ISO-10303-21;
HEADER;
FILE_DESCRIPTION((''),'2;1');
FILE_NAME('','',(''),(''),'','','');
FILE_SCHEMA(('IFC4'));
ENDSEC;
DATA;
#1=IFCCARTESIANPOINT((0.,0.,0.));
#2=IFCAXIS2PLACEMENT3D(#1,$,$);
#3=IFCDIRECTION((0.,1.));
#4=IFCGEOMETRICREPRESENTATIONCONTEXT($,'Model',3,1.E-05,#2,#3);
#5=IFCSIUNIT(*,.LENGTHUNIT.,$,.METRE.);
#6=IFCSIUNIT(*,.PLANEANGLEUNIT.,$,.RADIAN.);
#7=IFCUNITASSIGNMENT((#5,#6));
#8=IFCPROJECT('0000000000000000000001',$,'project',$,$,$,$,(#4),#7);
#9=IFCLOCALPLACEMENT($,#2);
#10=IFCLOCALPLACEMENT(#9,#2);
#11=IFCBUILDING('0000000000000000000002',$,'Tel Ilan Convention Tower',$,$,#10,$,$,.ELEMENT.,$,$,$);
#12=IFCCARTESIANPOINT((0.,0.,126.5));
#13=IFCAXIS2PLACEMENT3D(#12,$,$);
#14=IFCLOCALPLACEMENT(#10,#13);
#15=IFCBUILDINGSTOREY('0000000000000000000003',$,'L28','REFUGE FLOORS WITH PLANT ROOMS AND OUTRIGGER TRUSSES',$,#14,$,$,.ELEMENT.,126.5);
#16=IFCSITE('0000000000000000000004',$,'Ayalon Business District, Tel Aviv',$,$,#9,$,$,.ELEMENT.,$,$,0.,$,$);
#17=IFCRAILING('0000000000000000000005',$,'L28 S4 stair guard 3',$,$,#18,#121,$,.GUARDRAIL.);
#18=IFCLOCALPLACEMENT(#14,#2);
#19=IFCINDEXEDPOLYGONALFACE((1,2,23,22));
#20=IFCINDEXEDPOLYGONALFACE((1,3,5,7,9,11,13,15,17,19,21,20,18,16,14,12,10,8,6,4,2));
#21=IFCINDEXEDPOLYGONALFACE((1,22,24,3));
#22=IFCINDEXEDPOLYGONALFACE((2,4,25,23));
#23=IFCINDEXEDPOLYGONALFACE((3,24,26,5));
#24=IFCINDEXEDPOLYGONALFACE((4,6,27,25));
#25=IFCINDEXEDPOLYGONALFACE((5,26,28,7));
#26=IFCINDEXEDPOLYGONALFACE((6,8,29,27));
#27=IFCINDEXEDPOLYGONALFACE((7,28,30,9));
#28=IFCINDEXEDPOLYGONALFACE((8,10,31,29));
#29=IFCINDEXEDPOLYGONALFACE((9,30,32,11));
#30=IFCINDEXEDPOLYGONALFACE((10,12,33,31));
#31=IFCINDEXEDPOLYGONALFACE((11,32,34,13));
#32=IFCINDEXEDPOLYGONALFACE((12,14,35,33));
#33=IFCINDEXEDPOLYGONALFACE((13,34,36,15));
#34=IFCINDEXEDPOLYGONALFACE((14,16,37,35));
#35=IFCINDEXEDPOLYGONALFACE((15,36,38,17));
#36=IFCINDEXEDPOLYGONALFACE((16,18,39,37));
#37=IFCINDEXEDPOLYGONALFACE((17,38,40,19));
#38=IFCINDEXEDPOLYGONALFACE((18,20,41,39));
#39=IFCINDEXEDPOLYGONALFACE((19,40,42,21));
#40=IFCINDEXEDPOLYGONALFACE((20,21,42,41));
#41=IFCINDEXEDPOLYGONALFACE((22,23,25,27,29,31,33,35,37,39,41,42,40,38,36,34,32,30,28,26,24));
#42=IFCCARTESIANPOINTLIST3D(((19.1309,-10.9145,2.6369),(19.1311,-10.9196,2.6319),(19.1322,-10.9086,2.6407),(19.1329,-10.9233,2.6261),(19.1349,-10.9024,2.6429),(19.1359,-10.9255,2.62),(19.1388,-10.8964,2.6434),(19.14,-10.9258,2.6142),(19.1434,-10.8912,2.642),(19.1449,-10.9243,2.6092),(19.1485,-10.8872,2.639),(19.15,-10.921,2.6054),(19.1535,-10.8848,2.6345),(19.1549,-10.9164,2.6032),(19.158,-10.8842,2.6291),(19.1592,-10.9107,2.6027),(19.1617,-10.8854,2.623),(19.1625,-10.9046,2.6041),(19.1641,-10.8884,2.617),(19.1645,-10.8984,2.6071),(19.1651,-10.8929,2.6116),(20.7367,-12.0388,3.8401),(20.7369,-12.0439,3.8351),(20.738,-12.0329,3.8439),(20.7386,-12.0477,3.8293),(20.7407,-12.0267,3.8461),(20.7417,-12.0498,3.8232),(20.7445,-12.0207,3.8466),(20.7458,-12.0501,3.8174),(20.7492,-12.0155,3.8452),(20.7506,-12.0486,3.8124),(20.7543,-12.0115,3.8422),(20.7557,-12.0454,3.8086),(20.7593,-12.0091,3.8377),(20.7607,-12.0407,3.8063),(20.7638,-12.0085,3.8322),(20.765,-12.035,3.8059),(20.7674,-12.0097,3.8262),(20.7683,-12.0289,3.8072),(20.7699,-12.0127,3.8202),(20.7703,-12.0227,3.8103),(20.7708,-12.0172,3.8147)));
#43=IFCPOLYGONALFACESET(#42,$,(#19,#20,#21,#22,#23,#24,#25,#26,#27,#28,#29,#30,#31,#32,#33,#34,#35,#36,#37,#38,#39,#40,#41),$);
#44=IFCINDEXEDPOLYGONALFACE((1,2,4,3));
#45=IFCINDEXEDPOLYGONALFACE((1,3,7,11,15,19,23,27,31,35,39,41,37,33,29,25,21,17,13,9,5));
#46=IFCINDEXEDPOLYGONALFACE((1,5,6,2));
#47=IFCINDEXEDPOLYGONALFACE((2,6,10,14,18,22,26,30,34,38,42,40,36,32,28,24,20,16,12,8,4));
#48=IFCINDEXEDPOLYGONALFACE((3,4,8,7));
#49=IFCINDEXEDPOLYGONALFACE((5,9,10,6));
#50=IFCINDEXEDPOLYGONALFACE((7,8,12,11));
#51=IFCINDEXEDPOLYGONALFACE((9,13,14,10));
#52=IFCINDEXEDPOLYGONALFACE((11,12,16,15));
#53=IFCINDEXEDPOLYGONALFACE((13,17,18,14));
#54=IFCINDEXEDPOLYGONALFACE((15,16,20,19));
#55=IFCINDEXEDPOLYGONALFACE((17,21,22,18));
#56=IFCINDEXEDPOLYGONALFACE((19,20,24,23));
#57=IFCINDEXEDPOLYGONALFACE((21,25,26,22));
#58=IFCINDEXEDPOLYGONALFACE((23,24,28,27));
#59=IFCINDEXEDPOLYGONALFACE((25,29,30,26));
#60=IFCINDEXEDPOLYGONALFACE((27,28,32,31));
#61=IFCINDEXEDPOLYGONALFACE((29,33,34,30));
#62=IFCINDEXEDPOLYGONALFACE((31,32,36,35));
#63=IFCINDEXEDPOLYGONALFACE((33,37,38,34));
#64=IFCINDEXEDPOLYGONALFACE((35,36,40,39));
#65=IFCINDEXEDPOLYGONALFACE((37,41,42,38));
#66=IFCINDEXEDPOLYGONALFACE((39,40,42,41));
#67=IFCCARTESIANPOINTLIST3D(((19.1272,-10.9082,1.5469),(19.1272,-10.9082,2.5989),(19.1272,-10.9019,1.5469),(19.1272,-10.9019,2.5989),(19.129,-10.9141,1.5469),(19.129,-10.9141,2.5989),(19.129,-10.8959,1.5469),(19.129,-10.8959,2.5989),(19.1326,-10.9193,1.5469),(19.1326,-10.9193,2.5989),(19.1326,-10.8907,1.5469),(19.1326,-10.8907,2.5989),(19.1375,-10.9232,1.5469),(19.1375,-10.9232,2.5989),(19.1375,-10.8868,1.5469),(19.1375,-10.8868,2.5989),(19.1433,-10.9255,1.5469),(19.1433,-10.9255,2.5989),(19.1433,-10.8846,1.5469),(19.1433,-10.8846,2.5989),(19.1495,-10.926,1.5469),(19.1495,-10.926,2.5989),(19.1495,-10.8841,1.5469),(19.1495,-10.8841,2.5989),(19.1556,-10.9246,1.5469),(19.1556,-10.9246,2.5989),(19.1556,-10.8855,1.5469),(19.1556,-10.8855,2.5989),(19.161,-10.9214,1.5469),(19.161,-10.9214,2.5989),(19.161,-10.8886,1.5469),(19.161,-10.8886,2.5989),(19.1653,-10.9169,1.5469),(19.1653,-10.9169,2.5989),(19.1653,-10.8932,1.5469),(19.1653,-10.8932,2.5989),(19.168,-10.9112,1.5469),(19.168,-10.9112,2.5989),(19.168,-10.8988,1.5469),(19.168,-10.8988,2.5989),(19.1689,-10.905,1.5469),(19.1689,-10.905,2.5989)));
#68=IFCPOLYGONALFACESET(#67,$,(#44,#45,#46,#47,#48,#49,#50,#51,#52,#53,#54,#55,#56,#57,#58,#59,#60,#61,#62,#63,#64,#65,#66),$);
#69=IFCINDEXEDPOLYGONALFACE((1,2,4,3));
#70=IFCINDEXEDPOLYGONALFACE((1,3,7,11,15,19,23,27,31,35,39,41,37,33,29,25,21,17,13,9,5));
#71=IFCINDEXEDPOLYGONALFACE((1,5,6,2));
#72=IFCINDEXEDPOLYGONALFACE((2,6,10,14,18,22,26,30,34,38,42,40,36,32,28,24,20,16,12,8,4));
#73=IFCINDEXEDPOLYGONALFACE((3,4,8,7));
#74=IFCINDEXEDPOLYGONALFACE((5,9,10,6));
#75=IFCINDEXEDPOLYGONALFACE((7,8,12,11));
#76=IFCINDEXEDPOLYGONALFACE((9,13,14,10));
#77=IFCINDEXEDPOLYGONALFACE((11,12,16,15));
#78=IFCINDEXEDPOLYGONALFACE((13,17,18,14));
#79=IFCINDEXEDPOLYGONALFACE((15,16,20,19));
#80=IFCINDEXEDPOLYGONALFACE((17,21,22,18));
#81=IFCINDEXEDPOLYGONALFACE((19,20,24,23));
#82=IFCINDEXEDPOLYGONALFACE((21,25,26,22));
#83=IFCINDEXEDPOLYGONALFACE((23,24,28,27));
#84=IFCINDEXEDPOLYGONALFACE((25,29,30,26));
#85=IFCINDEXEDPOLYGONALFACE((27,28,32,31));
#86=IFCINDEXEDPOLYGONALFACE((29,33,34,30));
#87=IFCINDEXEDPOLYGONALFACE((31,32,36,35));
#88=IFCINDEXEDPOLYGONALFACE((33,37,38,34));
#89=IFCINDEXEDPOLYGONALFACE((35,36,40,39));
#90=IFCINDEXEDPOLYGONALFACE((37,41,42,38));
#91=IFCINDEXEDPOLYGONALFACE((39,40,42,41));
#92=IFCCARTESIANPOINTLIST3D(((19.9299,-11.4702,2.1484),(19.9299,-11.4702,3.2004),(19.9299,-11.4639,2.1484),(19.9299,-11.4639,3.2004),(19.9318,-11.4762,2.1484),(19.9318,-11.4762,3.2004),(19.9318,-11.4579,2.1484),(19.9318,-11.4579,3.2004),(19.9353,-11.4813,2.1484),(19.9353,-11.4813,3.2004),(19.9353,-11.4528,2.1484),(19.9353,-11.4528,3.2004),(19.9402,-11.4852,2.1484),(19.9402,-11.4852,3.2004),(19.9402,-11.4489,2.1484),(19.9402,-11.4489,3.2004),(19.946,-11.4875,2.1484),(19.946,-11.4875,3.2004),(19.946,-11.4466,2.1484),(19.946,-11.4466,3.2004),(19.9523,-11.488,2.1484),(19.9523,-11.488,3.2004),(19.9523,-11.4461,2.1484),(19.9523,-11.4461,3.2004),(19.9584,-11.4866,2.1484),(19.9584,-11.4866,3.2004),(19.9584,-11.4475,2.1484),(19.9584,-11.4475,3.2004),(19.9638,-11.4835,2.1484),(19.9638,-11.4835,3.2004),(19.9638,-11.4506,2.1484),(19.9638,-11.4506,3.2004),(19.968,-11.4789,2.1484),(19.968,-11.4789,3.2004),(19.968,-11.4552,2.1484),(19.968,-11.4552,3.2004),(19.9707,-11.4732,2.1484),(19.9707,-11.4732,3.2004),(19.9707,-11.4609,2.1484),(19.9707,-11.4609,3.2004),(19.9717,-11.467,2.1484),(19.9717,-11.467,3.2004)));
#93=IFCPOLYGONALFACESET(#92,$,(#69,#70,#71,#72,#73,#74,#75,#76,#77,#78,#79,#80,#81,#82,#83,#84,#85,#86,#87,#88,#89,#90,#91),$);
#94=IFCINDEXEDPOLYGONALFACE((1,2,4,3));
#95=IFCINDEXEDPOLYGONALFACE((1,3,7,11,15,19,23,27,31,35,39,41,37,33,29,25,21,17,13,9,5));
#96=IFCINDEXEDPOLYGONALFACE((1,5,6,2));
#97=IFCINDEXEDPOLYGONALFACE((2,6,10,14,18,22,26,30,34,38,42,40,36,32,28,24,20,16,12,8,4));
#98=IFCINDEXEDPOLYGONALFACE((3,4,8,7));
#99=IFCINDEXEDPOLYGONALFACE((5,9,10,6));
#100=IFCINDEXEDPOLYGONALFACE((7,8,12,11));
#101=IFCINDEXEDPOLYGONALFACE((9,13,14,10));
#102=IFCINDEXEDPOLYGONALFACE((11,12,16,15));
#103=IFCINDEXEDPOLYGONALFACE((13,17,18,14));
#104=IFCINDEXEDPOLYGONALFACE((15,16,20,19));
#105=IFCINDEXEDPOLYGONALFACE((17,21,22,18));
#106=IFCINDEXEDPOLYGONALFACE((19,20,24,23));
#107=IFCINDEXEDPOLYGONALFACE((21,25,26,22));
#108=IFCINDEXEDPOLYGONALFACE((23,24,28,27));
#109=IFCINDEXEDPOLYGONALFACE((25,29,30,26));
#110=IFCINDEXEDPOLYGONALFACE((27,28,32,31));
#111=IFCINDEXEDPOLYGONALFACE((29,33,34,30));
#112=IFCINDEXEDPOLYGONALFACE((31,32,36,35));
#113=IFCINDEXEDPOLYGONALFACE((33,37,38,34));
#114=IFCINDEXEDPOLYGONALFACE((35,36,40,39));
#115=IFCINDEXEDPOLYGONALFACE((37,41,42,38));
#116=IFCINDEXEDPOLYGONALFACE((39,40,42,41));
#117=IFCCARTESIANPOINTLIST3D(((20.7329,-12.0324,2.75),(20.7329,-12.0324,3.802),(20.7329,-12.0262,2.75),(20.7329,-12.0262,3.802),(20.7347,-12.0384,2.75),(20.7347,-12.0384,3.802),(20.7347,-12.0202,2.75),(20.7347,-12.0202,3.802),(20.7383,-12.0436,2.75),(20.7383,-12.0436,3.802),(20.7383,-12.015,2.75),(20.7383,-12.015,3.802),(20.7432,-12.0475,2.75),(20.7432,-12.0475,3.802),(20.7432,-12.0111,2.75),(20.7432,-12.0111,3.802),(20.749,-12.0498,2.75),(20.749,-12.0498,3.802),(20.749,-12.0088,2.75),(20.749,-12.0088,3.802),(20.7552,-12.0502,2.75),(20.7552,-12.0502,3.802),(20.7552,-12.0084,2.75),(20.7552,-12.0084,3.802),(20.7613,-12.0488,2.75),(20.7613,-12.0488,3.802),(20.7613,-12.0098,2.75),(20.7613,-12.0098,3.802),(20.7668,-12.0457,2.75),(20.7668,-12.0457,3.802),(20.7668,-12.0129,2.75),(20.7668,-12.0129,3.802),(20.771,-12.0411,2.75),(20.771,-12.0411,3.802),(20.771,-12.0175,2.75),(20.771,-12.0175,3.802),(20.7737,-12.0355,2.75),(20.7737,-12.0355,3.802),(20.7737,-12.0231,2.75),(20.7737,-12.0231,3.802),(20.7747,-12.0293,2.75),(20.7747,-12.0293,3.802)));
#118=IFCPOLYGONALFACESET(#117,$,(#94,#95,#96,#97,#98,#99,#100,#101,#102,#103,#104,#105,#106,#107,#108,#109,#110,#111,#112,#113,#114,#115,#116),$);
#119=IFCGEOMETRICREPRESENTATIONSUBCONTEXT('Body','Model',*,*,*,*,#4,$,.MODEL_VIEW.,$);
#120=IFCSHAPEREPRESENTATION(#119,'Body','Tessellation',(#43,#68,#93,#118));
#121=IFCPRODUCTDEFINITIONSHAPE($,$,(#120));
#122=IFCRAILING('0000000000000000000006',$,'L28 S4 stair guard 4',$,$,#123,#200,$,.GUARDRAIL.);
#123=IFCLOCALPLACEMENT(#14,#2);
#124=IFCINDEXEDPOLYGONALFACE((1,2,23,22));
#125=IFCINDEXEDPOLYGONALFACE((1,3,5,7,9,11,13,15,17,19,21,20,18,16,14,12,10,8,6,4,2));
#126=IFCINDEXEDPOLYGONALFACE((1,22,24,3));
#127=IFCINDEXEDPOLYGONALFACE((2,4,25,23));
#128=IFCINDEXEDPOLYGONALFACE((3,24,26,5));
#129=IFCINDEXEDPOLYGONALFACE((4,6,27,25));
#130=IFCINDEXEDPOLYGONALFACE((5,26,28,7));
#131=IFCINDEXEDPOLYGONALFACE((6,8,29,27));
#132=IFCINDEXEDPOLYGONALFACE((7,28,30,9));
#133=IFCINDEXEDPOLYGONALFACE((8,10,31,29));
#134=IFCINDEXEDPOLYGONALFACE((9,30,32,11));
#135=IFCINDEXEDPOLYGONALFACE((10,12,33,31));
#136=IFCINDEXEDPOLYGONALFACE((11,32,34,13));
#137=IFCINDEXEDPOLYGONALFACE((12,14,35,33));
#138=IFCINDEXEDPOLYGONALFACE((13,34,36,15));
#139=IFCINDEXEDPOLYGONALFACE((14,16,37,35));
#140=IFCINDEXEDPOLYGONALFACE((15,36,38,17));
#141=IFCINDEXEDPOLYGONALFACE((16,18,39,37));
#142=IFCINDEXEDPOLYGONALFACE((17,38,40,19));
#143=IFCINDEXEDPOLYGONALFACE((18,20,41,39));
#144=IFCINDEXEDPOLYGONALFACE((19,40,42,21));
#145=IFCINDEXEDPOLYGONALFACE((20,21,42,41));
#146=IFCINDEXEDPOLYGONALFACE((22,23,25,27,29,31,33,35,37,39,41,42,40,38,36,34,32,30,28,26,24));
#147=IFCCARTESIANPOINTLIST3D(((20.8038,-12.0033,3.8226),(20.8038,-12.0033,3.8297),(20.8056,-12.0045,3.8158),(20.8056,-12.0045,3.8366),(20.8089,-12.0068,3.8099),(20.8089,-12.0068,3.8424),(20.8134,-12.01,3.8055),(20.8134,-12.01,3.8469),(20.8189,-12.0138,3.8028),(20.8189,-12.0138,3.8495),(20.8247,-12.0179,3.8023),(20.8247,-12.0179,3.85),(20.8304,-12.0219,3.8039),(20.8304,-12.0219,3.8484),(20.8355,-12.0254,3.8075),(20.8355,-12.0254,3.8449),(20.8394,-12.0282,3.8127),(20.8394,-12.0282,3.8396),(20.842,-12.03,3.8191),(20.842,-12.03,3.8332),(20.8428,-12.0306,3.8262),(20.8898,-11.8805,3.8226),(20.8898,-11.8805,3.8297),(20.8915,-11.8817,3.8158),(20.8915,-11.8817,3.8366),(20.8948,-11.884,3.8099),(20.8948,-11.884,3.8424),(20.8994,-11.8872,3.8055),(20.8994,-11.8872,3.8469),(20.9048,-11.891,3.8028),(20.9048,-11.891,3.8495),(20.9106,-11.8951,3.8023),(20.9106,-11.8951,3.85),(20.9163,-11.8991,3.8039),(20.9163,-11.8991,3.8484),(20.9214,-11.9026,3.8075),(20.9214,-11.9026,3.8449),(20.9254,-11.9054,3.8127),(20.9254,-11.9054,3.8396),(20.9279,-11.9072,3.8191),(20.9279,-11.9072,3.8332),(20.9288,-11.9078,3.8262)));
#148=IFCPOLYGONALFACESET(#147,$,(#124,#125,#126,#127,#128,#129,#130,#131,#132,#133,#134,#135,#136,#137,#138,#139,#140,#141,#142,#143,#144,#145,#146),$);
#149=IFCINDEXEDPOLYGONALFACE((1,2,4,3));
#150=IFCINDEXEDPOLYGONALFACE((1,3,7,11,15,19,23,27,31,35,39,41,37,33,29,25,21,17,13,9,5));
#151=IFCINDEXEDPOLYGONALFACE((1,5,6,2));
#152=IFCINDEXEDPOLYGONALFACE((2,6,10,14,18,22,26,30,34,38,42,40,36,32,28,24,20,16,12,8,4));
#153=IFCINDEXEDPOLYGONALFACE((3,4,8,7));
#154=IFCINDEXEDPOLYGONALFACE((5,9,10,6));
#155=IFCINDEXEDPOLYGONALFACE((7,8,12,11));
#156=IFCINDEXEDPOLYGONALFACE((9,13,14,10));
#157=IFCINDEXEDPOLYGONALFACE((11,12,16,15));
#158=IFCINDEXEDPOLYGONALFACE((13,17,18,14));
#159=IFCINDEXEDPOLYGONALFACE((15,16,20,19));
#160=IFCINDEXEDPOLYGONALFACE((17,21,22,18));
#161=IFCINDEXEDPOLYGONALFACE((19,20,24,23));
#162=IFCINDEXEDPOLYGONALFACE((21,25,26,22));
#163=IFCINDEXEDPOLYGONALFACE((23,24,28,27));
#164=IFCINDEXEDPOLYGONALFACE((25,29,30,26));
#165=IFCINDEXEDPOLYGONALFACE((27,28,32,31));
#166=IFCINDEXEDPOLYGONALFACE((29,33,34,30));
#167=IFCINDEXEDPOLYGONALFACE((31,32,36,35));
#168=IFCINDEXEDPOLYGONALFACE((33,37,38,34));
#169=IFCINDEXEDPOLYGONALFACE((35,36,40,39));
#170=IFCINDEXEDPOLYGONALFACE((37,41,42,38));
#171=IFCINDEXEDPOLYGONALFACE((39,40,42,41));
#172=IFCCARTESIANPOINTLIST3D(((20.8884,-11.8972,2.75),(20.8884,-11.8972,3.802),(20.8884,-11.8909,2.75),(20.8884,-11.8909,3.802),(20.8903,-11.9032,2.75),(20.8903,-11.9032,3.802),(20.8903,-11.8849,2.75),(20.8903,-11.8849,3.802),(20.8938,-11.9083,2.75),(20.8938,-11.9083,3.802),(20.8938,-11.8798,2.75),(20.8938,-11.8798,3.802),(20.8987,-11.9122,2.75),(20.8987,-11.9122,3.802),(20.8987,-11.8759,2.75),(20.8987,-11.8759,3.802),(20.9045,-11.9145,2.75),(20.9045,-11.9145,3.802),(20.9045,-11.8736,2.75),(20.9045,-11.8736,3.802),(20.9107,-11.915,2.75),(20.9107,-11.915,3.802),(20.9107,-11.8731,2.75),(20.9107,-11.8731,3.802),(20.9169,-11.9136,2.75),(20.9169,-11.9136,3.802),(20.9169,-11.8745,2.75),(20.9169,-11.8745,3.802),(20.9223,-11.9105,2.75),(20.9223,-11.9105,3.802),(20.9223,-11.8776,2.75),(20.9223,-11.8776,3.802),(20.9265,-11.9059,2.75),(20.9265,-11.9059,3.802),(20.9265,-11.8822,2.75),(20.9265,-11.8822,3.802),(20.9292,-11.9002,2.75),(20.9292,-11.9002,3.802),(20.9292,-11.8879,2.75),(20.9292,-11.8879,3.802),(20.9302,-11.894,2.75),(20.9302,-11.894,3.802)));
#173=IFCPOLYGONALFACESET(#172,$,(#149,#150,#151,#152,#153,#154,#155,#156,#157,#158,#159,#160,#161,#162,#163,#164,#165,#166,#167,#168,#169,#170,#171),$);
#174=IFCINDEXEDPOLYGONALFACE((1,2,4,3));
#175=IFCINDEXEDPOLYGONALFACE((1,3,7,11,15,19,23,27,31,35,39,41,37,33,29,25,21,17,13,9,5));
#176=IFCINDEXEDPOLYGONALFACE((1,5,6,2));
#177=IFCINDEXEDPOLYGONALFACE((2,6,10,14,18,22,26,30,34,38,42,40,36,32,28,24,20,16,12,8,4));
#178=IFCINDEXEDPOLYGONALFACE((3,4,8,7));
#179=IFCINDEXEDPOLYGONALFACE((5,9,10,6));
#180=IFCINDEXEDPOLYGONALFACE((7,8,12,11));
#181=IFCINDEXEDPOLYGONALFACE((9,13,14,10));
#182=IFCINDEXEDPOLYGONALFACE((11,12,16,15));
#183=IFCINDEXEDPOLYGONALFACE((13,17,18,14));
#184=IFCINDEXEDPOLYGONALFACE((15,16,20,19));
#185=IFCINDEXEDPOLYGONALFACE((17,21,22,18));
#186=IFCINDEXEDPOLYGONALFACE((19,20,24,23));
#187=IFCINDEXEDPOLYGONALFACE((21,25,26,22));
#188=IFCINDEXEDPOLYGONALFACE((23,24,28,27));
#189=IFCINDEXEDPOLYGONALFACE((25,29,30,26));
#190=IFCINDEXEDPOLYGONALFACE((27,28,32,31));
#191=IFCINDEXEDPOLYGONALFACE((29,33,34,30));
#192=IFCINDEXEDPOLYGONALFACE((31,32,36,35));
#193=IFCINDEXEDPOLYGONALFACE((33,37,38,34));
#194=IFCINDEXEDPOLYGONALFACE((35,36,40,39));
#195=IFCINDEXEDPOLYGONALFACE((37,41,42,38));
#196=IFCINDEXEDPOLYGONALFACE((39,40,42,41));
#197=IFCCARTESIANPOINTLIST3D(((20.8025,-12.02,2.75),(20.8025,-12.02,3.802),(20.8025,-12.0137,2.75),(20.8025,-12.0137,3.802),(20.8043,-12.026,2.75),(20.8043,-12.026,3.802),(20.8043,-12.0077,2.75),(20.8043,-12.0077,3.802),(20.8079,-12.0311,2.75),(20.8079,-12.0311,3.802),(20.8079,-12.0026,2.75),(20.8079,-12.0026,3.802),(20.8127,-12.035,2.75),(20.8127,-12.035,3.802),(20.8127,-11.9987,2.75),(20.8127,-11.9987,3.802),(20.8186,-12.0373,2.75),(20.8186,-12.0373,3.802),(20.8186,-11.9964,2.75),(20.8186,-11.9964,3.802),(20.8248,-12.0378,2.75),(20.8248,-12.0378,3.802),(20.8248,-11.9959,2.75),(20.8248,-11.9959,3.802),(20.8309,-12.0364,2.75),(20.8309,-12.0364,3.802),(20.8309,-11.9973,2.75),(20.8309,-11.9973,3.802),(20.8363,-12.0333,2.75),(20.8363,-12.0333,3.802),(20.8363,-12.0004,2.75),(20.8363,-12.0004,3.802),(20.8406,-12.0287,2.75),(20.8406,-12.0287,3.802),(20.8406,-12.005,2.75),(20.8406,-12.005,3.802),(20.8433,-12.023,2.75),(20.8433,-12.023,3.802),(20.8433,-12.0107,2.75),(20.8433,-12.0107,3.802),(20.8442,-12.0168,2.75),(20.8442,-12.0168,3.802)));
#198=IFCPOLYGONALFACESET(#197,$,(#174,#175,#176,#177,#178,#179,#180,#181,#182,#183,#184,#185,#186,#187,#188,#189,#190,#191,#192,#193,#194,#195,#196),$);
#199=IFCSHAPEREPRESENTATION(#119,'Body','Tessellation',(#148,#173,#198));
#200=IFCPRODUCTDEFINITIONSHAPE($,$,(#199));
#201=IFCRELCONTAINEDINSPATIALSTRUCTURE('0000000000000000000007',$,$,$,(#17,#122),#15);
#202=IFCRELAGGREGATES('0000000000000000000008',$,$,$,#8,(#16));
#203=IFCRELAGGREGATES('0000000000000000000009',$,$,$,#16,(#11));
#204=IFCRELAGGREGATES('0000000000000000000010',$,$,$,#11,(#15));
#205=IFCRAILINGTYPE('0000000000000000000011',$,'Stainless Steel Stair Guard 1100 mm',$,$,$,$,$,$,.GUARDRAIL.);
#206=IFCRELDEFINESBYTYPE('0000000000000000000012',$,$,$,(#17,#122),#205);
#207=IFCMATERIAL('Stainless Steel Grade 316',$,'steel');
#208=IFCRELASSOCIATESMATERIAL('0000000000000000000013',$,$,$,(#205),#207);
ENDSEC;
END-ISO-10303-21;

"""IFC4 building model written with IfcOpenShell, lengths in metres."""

from ifc_helpers import new_model, si_unit, direction, frame, origin, origin_2d, place, context, subcontext, project, spatial, circle, extrude, material, type_object, element, save


model = new_model("IFC4")

# Units and contexts
model_context = context("Model", 3, precision=1e-05, world=origin(), true_north=direction((0.0, 1.0)))
body_context = subcontext(model_context, "Body", "Model", "MODEL_VIEW")
ifc_project = project(units=[si_unit("LENGTHUNIT", "METRE"), si_unit("PLANEANGLEUNIT", "RADIAN")], contexts=[model_context])

# Site, building, storey
site_placement = place(None, origin())
site = spatial("IfcSite", under=ifc_project, at=site_placement, Name="Ayalon Business District, Tel Aviv", CompositionType="ELEMENT", RefElevation=0.0)
building_placement = place(site_placement, origin())
building = spatial("IfcBuilding", under=site, at=building_placement, Name="Tel Ilan Convention Tower", CompositionType="ELEMENT")
storey_placement = place(building_placement, frame((0.0, 0.0, 126.5)))
storey = spatial("IfcBuildingStorey", under=building, at=storey_placement, Name="L28", Description="REFUGE FLOORS WITH PLANT ROOMS AND OUTRIGGER TRUSSES", CompositionType="ELEMENT", Elevation=126.5)

# Railings
ifc_material_1 = material(Name="Stainless Steel Grade 316", Category="steel")
railing_type_1 = type_object("IfcRailingType", Name="Stainless Steel Stair Guard 1100 mm", PredefinedType="GUARDRAIL", material=ifc_material_1)
railing_1_placement = place(storey_placement, frame((19.1479, -10.905, 1.5469)))
element("IfcRailing", 1, at=railing_1_placement, inside=storey, type_object=railing_type_1, Name="L28 S4 stair guard 3", PredefinedType="GUARDRAIL", context=body_context, shape_type="SweptSolid", body=[
    extrude(circle(Radius=0.0239, at=origin_2d()), frame((0.0, 0.0, 1.0762), z_axis=(0.698149, -0.488821, 0.523108), x_axis=(0.573554, 0.819168, 0.0)), (0.0, 0.0, 1.0), 2.3),
    extrude(circle(Radius=0.021, at=origin_2d()), origin(), (0.0, 0.0, 1.0), 1.052),
    extrude(circle(Radius=0.021, at=origin_2d()), frame((0.8027, -0.562, 0.6016)), (0.0, 0.0, 1.0), 1.052),
    extrude(circle(Radius=0.021, at=origin_2d()), frame((1.6057, -1.1243, 1.2031)), (0.0, 0.0, 1.0), 1.052),
])
railing_2_placement = place(storey_placement, frame((20.9092, -11.894, 2.75)))
element("IfcRailing", 2, at=railing_2_placement, inside=storey, type_object=railing_type_1, Name="L28 S4 stair guard 4", PredefinedType="GUARDRAIL", context=body_context, shape_type="SweptSolid", body=[
    extrude(circle(Radius=0.0239, at=origin_2d()), frame((0.0, 0.0, 1.0762), z_axis=(-0.573353, -0.819308, 0.0), x_axis=(0.819308, -0.573353, 0.0)), (0.0, 0.0, 1.0), 0.1499),
    extrude(circle(Radius=0.021, at=origin_2d()), origin(), (0.0, 0.0, 1.0), 1.052),
    extrude(circle(Radius=0.021, at=origin_2d()), frame((-0.0859, -0.1228, 0.0)), (0.0, 0.0, 1.0), 1.052),
])

save(model, "model.ifc")
